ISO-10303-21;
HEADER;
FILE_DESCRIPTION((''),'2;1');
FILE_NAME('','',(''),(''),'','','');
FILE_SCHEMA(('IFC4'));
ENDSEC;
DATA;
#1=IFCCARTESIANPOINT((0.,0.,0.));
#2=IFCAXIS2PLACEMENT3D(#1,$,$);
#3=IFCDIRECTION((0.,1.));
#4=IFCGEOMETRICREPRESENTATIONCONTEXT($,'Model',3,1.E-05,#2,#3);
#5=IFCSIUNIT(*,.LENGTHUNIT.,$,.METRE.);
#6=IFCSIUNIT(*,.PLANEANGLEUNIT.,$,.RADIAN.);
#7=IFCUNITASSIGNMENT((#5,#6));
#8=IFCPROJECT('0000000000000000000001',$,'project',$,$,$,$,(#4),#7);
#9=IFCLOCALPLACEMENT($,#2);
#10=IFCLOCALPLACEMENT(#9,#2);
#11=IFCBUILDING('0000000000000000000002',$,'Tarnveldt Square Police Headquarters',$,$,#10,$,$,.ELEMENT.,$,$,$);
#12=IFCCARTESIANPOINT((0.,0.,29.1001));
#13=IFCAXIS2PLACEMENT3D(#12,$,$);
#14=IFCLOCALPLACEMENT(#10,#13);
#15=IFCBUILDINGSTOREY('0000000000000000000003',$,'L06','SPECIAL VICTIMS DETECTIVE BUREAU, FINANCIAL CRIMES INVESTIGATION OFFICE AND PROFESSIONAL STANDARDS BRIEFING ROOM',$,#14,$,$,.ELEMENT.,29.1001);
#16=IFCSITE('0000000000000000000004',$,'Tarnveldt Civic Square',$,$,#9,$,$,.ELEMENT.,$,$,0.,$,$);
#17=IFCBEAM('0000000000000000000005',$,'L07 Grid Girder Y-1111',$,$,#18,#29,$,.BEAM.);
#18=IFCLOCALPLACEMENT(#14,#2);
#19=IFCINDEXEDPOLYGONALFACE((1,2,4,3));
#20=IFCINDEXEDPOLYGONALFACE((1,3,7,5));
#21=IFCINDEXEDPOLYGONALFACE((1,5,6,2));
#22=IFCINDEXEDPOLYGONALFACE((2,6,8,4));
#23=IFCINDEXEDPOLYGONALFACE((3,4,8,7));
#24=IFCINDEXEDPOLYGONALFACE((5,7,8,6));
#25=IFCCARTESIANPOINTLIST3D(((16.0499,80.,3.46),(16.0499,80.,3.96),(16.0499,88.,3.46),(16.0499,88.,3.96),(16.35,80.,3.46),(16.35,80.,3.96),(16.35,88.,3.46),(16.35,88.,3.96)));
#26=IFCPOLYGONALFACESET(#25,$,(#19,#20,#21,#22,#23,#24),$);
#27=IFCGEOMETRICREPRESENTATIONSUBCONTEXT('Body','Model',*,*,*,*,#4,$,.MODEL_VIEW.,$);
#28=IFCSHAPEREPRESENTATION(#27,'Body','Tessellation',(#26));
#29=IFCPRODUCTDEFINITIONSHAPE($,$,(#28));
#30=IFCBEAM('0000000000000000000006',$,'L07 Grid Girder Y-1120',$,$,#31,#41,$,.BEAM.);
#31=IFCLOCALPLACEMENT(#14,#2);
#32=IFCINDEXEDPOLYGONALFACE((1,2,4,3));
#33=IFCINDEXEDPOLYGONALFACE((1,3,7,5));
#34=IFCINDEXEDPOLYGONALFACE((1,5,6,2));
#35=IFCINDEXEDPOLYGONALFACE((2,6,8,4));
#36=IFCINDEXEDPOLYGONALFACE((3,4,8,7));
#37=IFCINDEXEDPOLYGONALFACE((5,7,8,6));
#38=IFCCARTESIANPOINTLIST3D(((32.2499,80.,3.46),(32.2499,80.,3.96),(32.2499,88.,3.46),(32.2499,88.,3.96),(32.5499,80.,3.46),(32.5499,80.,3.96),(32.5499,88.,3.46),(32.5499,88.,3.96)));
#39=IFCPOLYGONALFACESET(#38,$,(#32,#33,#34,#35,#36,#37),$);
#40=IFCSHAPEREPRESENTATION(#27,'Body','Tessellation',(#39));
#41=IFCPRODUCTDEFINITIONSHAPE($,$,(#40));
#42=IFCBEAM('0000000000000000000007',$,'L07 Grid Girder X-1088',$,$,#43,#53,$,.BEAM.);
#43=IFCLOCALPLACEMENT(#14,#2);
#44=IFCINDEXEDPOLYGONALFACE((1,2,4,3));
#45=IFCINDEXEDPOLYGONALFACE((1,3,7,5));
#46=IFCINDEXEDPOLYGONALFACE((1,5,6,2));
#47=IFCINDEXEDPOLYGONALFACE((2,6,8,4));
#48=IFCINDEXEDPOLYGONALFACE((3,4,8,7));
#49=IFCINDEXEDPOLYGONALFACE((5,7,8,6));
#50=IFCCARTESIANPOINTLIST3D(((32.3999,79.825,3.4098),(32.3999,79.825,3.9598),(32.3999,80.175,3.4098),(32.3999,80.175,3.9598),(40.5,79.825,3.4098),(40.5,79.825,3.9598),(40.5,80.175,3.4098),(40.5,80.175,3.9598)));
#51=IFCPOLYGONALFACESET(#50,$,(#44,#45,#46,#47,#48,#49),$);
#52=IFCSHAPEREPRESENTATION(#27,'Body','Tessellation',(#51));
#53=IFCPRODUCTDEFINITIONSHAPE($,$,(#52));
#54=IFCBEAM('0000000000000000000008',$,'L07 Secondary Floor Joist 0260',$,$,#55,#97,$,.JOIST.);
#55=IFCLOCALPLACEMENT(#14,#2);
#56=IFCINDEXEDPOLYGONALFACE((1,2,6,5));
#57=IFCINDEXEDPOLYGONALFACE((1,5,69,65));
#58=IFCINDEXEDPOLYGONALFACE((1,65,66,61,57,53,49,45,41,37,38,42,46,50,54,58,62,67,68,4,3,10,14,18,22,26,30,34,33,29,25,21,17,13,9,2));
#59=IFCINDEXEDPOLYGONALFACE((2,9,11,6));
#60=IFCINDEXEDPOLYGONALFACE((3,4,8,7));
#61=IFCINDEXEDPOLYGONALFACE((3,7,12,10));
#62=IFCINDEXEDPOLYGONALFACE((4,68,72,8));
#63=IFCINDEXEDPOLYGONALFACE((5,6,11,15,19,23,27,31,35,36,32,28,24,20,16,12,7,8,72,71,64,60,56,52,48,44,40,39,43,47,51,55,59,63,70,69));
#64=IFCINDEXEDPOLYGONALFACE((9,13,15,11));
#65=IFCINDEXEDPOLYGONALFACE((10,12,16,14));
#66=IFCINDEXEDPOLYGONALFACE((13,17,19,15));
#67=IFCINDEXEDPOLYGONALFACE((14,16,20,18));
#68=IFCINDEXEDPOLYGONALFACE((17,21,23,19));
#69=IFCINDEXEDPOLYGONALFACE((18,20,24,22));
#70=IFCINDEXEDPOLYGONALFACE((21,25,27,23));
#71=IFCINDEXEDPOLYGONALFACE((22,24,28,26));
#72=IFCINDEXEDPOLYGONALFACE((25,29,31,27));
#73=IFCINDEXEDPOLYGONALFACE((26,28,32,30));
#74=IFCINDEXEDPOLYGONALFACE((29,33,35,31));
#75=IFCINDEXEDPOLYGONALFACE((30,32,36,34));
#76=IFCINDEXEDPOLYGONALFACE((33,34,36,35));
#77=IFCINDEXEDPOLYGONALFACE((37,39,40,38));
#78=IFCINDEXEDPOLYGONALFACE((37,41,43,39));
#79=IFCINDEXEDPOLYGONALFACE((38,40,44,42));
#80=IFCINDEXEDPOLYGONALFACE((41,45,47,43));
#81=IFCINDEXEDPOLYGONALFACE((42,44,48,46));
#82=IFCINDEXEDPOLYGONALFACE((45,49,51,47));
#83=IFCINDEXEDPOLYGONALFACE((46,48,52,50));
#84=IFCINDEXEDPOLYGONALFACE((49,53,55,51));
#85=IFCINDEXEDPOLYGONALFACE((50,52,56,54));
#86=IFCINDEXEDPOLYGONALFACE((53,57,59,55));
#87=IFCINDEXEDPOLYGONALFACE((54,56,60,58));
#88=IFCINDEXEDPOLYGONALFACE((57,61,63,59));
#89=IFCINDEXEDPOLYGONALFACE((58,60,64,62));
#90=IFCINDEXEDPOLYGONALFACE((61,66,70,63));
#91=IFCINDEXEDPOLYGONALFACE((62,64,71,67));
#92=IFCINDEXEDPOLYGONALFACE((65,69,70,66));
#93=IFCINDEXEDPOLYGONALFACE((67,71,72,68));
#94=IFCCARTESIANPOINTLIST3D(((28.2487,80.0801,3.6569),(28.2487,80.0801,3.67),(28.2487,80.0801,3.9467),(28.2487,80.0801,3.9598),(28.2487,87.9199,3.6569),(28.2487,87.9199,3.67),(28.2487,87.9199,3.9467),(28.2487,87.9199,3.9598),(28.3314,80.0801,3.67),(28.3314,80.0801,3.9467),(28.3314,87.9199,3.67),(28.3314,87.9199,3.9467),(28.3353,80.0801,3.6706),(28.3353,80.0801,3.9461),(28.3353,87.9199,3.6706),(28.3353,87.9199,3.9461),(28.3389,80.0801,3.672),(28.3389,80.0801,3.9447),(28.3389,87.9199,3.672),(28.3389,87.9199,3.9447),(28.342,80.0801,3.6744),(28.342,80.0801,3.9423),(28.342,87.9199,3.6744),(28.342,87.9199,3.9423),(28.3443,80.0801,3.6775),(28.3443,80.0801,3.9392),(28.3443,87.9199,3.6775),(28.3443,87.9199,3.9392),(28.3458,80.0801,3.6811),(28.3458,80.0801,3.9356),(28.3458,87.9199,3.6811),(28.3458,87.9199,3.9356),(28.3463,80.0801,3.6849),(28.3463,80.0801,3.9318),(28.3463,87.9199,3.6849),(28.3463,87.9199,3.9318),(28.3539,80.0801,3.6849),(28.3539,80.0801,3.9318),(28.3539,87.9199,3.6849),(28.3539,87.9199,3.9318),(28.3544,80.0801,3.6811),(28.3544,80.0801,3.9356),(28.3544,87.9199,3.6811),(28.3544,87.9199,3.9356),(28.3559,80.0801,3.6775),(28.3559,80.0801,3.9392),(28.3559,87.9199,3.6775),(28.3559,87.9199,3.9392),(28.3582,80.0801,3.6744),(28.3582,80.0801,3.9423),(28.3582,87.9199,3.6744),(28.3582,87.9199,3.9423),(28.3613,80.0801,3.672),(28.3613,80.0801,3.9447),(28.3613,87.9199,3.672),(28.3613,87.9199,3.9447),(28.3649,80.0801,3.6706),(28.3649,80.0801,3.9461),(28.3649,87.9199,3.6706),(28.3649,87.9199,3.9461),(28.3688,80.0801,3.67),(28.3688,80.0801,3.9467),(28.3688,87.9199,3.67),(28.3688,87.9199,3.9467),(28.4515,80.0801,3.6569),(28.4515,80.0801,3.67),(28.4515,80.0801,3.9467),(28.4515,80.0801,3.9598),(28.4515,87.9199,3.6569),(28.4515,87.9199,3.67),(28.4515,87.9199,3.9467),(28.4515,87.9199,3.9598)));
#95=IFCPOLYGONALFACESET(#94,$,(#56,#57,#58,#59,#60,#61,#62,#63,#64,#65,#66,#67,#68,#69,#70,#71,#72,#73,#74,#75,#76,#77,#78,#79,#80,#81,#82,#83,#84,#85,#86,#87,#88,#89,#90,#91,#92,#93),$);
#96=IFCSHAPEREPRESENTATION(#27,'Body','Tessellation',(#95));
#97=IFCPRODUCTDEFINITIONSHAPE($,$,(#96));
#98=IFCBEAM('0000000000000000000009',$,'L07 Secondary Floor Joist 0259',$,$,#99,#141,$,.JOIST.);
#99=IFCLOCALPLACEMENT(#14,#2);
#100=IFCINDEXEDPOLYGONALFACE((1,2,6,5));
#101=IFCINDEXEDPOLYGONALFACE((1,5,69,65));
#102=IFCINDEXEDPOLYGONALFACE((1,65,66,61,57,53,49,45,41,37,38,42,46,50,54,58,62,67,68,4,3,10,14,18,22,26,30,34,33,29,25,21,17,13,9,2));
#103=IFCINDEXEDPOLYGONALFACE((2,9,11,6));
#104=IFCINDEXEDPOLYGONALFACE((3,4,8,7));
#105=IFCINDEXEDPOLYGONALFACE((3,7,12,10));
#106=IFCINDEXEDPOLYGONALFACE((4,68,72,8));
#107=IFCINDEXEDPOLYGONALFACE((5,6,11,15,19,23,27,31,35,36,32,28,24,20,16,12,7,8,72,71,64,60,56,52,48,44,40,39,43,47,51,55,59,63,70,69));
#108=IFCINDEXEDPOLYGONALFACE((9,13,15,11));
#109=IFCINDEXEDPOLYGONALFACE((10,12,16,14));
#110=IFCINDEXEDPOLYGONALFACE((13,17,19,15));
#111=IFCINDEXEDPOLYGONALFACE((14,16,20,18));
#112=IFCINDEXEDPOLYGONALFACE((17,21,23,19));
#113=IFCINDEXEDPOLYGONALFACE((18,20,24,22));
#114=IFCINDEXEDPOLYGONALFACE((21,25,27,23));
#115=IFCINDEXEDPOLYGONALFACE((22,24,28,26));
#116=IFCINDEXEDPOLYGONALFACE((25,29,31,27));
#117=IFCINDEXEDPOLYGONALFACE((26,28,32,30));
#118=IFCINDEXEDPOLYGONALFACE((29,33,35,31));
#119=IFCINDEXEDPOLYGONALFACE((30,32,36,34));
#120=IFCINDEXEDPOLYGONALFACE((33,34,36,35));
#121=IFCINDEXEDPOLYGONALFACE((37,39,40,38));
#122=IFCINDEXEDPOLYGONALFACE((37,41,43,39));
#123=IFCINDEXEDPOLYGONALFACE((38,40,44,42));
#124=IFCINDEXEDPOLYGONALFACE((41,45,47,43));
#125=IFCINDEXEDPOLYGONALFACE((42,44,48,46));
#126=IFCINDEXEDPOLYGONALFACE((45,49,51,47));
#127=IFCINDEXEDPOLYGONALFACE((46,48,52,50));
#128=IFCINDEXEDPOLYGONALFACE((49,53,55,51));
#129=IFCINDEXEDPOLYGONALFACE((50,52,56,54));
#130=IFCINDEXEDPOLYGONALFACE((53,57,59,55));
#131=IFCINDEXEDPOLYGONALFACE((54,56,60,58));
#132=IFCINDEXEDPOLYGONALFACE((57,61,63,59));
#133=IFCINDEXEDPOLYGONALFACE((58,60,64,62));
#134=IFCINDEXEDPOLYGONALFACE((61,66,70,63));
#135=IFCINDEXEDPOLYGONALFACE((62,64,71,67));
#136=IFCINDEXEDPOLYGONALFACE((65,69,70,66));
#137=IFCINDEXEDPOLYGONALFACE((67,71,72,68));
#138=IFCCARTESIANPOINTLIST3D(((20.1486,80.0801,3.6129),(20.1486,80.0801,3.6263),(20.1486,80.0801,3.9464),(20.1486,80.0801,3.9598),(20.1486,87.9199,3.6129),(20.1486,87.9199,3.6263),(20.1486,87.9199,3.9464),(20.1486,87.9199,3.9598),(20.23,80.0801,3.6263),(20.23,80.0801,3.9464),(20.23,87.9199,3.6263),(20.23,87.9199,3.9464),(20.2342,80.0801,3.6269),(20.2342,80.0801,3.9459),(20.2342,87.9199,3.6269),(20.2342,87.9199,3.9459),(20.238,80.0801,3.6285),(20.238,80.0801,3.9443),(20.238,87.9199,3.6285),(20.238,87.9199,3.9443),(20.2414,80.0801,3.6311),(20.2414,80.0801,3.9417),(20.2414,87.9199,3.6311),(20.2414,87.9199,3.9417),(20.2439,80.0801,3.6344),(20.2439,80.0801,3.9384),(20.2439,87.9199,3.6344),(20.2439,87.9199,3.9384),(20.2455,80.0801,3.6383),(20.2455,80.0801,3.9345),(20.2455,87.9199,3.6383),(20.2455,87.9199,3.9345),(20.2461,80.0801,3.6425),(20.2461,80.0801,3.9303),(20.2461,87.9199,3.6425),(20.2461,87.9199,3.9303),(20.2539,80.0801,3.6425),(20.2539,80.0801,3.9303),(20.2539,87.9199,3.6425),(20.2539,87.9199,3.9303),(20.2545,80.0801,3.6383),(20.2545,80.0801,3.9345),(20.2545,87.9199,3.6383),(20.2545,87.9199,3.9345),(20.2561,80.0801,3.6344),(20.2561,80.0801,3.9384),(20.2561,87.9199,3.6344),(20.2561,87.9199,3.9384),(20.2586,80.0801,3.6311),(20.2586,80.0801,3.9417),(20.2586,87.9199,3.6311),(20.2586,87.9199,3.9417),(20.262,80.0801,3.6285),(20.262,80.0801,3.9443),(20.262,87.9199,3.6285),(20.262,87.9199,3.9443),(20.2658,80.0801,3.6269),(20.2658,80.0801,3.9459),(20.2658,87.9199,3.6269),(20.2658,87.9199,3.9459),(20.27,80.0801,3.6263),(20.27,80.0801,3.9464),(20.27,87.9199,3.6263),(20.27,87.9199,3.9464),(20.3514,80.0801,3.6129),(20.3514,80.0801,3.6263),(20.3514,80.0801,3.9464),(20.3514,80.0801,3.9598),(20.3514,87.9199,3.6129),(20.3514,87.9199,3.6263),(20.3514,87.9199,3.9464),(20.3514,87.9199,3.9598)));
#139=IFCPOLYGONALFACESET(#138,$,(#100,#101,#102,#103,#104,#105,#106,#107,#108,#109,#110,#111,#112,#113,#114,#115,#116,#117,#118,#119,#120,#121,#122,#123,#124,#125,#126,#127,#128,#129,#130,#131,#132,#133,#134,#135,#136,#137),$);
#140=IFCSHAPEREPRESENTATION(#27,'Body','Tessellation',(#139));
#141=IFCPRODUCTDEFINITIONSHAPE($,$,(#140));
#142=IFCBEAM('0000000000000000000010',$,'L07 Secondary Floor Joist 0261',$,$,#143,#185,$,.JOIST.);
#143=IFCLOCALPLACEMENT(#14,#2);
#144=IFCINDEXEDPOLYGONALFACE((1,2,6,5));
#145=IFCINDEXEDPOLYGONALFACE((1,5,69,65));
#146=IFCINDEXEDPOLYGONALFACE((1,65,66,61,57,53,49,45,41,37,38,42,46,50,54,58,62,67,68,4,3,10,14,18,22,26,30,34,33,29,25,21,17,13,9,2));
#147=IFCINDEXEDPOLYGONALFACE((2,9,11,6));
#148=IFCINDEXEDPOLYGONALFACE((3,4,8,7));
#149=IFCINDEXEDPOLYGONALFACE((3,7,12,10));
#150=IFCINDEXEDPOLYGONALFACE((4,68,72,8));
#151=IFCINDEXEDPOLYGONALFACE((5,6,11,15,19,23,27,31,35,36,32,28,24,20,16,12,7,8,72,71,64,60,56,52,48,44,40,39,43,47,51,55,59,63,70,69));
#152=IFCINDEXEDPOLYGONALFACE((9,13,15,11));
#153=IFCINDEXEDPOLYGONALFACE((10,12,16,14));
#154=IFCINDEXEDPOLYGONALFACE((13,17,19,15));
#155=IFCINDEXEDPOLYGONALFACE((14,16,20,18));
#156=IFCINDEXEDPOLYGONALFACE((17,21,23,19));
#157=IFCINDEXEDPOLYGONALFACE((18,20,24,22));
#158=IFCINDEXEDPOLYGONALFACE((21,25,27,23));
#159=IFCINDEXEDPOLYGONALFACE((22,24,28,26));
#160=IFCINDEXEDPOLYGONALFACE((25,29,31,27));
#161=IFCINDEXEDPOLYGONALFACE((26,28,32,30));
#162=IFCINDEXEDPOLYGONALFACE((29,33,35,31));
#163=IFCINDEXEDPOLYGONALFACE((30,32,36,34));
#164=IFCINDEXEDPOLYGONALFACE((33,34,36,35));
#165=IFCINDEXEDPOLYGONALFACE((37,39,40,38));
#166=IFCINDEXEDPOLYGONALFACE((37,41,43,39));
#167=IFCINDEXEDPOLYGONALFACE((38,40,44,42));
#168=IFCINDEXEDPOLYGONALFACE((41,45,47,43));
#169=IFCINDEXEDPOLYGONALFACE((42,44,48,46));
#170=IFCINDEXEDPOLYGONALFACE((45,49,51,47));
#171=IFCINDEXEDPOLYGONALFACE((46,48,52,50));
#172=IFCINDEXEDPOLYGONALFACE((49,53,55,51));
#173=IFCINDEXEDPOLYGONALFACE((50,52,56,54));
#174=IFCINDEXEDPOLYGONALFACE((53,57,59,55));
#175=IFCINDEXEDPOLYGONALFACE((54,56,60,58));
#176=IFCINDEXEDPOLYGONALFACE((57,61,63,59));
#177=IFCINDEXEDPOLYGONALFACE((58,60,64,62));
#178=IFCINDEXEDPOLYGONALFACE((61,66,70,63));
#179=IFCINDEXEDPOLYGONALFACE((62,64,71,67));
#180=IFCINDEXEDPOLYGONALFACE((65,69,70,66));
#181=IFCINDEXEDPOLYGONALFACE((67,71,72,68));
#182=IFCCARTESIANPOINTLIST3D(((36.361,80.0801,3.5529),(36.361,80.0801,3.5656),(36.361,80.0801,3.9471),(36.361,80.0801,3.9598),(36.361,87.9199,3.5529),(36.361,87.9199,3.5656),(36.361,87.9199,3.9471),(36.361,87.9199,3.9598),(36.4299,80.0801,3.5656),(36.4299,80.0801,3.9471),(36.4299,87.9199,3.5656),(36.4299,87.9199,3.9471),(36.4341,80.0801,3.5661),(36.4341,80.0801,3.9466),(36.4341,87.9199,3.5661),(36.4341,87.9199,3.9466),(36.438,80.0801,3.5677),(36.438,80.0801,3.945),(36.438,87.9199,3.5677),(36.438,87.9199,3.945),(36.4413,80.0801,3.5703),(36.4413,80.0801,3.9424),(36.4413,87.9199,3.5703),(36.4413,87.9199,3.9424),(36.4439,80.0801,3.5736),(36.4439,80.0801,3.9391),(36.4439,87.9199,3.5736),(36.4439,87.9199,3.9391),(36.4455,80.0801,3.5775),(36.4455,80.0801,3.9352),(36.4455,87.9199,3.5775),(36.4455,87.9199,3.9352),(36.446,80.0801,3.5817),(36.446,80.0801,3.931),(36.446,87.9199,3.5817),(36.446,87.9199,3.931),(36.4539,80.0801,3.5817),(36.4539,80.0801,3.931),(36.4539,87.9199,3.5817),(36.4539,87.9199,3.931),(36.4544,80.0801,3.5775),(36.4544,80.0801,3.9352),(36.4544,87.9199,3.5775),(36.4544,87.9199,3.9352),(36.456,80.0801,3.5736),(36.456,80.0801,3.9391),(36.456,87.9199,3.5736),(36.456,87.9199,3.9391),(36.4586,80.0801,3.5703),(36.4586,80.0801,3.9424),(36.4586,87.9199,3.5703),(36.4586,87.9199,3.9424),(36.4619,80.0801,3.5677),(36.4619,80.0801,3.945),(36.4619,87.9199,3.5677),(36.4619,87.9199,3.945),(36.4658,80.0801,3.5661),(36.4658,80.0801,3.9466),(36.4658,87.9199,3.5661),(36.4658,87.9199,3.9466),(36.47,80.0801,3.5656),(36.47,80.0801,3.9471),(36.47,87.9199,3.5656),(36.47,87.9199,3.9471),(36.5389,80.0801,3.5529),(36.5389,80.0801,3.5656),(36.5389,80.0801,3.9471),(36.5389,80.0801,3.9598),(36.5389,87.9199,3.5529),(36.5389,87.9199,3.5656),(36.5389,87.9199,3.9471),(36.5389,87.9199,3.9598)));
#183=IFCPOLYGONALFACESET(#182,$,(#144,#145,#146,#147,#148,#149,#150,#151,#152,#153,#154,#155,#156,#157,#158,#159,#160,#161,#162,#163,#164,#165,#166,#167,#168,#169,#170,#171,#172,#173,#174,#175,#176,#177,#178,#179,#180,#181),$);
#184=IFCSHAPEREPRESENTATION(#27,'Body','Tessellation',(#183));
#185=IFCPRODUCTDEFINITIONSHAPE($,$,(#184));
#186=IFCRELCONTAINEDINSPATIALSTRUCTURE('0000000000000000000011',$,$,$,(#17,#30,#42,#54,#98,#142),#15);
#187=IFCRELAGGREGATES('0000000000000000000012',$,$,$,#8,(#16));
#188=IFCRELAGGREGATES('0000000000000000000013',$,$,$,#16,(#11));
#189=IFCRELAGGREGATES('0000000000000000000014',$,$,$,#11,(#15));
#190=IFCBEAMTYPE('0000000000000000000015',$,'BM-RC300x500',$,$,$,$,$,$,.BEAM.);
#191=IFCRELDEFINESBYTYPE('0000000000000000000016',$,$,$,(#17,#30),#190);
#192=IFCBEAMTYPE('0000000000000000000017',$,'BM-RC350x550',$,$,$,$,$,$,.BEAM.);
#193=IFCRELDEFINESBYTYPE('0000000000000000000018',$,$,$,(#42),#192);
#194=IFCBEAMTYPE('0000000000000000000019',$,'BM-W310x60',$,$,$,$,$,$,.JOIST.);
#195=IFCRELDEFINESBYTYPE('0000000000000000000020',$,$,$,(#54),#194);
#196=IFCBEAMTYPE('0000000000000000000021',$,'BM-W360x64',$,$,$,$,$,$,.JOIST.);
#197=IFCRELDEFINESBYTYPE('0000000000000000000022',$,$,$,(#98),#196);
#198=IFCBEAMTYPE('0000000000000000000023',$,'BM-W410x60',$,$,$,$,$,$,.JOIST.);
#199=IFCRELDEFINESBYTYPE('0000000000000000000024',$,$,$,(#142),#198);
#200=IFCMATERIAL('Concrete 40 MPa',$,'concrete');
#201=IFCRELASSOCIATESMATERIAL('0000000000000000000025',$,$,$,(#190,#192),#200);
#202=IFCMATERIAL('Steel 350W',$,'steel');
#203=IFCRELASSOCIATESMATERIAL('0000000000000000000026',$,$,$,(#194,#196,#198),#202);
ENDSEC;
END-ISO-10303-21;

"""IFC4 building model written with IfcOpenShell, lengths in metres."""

from ifc_helpers import new_model, si_unit, direction, frame, origin, origin_2d, place, context, subcontext, project, spatial, rectangle, i_section, extrude, material, material_profile, profile_set, type_object, element, save


model = new_model("IFC4")

# Units and contexts
model_context = context("Model", 3, precision=1e-05, world=origin(), true_north=direction((0.0, 1.0)))
body_context = subcontext(model_context, "Body", "Model", "MODEL_VIEW")
ifc_project = project(units=[si_unit("LENGTHUNIT", "METRE"), si_unit("PLANEANGLEUNIT", "RADIAN")], contexts=[model_context])

# Site, building, storey
site_placement = place(None, origin())
site = spatial("IfcSite", under=ifc_project, at=site_placement, Name="Tarnveldt Civic Square", CompositionType="ELEMENT", RefElevation=0.0)
building_placement = place(site_placement, origin())
building = spatial("IfcBuilding", under=site, at=building_placement, Name="Tarnveldt Square Police Headquarters", CompositionType="ELEMENT")
storey_placement = place(building_placement, frame((0.0, 0.0, 29.1001)))
storey = spatial("IfcBuildingStorey", under=building, at=storey_placement, Name="L06", Description="SPECIAL VICTIMS DETECTIVE BUREAU, FINANCIAL CRIMES INVESTIGATION OFFICE AND PROFESSIONAL STANDARDS BRIEFING ROOM", CompositionType="ELEMENT", Elevation=29.1001)

# Beams
ifc_material_1 = material(Name="Concrete 40 MPa", Category="concrete")
ifc_material_profile_1 = material_profile(ifc_material_1, rectangle(XDim=0.3, YDim=0.5, at=origin_2d()), Name="RC-B300x500")
ifc_profile_set_1 = profile_set([ifc_material_profile_1], Name="Concrete 40 MPa")
beam_type_1 = type_object("IfcBeamType", Name="BM-RC300x500", PredefinedType="BEAM", material=ifc_profile_set_1)
for number, where, z_axis, x_axis, name in (
    (1, (16.2, 80.0, 3.71), (0.0, 1.0, 0.0), (-1.0, 0.0, 0.0), "L07 Grid Girder Y-1111"),
    (2, (32.3999, 80.0, 3.71), (0.0, 1.0, 0.0), (-1.0, 0.0, 0.0), "L07 Grid Girder Y-1120"),
):
    element("IfcBeam", number, at=place(storey_placement, frame(where, z_axis=z_axis, x_axis=x_axis)), inside=storey, type_object=beam_type_1, Name=name, PredefinedType="BEAM", context=body_context, shape_type="SweptSolid", body=[
        extrude(rectangle(XDim=0.3, YDim=0.5, at=origin_2d()), origin(), (0.0, 0.0, 1.0), 8.0),
    ])
ifc_material_profile_2 = material_profile(ifc_material_1, rectangle(XDim=0.3501, YDim=0.55, at=origin_2d()), Name="RC-B350x550")
ifc_profile_set_2 = profile_set([ifc_material_profile_2], Name="Concrete 40 MPa")
beam_type_2 = type_object("IfcBeamType", Name="BM-RC350x550", PredefinedType="BEAM", material=ifc_profile_set_2)
beam_1_placement = place(storey_placement, frame((32.3999, 80.0, 3.6848), z_axis=(1.0, 0.0, 0.0), x_axis=(0.0, 1.0, 0.0)))
element("IfcBeam", 3, at=beam_1_placement, inside=storey, type_object=beam_type_2, Name="L07 Grid Girder X-1088", PredefinedType="BEAM", context=body_context, shape_type="SweptSolid", body=[
    extrude(rectangle(XDim=0.3501, YDim=0.55, at=origin_2d()), origin(), (0.0, 0.0, 1.0), 8.1001),
])
ifc_material_2 = material(Name="Steel 350W", Category="steel")
ifc_material_profile_3 = material_profile(ifc_material_2, i_section(OverallWidth=0.2029, OverallDepth=0.303, WebThickness=0.0076, FlangeThickness=0.0132, FilletRadius=0.0149, at=origin_2d()), Name="W310x60")
ifc_profile_set_3 = profile_set([ifc_material_profile_3], Name="Steel 350W")
beam_type_3 = type_object("IfcBeamType", Name="BM-W310x60", PredefinedType="JOIST", material=ifc_profile_set_3)
beam_2_placement = place(storey_placement, frame((28.3501, 80.0801, 3.8083), z_axis=(0.0, 1.0, 0.0), x_axis=(-1.0, 0.0, 0.0)))
element("IfcBeam", 4, at=beam_2_placement, inside=storey, type_object=beam_type_3, Name="L07 Secondary Floor Joist 0260", PredefinedType="JOIST", context=body_context, shape_type="SweptSolid", body=[
    extrude(i_section(OverallWidth=0.2029, OverallDepth=0.303, WebThickness=0.0076, FlangeThickness=0.0132, FilletRadius=0.0149, at=origin_2d()), origin(), (0.0, 0.0, 1.0), 7.8398),
])
ifc_material_profile_4 = material_profile(ifc_material_2, i_section(OverallWidth=0.2029, OverallDepth=0.3469, WebThickness=0.0078, FlangeThickness=0.0134, FilletRadius=0.0161, at=origin_2d()), Name="W360x64")
ifc_profile_set_4 = profile_set([ifc_material_profile_4], Name="Steel 350W")
beam_type_4 = type_object("IfcBeamType", Name="BM-W360x64", PredefinedType="JOIST", material=ifc_profile_set_4)
beam_3_placement = place(storey_placement, frame((20.25, 80.0801, 3.7864), z_axis=(0.0, 1.0, 0.0), x_axis=(-1.0, 0.0, 0.0)))
element("IfcBeam", 5, at=beam_3_placement, inside=storey, type_object=beam_type_4, Name="L07 Secondary Floor Joist 0259", PredefinedType="JOIST", context=body_context, shape_type="SweptSolid", body=[
    extrude(i_section(OverallWidth=0.2029, OverallDepth=0.3469, WebThickness=0.0078, FlangeThickness=0.0134, FilletRadius=0.0161, at=origin_2d()), origin(), (0.0, 0.0, 1.0), 7.8398),
])
ifc_material_profile_5 = material_profile(ifc_material_2, i_section(OverallWidth=0.178, OverallDepth=0.407, WebThickness=0.0078, FlangeThickness=0.0127, FilletRadius=0.0161, at=origin_2d()), Name="W410x60")
ifc_profile_set_5 = profile_set([ifc_material_profile_5], Name="Steel 350W")
beam_type_5 = type_object("IfcBeamType", Name="BM-W410x60", PredefinedType="JOIST", material=ifc_profile_set_5)
beam_4_placement = place(storey_placement, frame((36.45, 80.0801, 3.7563), z_axis=(0.0, 1.0, 0.0), x_axis=(-1.0, 0.0, 0.0)))
element("IfcBeam", 6, at=beam_4_placement, inside=storey, type_object=beam_type_5, Name="L07 Secondary Floor Joist 0261", PredefinedType="JOIST", context=body_context, shape_type="SweptSolid", body=[
    extrude(i_section(OverallWidth=0.178, OverallDepth=0.407, WebThickness=0.0078, FlangeThickness=0.0127, FilletRadius=0.0161, at=origin_2d()), origin(), (0.0, 0.0, 1.0), 7.8398),
])

save(model, "model.ifc")
